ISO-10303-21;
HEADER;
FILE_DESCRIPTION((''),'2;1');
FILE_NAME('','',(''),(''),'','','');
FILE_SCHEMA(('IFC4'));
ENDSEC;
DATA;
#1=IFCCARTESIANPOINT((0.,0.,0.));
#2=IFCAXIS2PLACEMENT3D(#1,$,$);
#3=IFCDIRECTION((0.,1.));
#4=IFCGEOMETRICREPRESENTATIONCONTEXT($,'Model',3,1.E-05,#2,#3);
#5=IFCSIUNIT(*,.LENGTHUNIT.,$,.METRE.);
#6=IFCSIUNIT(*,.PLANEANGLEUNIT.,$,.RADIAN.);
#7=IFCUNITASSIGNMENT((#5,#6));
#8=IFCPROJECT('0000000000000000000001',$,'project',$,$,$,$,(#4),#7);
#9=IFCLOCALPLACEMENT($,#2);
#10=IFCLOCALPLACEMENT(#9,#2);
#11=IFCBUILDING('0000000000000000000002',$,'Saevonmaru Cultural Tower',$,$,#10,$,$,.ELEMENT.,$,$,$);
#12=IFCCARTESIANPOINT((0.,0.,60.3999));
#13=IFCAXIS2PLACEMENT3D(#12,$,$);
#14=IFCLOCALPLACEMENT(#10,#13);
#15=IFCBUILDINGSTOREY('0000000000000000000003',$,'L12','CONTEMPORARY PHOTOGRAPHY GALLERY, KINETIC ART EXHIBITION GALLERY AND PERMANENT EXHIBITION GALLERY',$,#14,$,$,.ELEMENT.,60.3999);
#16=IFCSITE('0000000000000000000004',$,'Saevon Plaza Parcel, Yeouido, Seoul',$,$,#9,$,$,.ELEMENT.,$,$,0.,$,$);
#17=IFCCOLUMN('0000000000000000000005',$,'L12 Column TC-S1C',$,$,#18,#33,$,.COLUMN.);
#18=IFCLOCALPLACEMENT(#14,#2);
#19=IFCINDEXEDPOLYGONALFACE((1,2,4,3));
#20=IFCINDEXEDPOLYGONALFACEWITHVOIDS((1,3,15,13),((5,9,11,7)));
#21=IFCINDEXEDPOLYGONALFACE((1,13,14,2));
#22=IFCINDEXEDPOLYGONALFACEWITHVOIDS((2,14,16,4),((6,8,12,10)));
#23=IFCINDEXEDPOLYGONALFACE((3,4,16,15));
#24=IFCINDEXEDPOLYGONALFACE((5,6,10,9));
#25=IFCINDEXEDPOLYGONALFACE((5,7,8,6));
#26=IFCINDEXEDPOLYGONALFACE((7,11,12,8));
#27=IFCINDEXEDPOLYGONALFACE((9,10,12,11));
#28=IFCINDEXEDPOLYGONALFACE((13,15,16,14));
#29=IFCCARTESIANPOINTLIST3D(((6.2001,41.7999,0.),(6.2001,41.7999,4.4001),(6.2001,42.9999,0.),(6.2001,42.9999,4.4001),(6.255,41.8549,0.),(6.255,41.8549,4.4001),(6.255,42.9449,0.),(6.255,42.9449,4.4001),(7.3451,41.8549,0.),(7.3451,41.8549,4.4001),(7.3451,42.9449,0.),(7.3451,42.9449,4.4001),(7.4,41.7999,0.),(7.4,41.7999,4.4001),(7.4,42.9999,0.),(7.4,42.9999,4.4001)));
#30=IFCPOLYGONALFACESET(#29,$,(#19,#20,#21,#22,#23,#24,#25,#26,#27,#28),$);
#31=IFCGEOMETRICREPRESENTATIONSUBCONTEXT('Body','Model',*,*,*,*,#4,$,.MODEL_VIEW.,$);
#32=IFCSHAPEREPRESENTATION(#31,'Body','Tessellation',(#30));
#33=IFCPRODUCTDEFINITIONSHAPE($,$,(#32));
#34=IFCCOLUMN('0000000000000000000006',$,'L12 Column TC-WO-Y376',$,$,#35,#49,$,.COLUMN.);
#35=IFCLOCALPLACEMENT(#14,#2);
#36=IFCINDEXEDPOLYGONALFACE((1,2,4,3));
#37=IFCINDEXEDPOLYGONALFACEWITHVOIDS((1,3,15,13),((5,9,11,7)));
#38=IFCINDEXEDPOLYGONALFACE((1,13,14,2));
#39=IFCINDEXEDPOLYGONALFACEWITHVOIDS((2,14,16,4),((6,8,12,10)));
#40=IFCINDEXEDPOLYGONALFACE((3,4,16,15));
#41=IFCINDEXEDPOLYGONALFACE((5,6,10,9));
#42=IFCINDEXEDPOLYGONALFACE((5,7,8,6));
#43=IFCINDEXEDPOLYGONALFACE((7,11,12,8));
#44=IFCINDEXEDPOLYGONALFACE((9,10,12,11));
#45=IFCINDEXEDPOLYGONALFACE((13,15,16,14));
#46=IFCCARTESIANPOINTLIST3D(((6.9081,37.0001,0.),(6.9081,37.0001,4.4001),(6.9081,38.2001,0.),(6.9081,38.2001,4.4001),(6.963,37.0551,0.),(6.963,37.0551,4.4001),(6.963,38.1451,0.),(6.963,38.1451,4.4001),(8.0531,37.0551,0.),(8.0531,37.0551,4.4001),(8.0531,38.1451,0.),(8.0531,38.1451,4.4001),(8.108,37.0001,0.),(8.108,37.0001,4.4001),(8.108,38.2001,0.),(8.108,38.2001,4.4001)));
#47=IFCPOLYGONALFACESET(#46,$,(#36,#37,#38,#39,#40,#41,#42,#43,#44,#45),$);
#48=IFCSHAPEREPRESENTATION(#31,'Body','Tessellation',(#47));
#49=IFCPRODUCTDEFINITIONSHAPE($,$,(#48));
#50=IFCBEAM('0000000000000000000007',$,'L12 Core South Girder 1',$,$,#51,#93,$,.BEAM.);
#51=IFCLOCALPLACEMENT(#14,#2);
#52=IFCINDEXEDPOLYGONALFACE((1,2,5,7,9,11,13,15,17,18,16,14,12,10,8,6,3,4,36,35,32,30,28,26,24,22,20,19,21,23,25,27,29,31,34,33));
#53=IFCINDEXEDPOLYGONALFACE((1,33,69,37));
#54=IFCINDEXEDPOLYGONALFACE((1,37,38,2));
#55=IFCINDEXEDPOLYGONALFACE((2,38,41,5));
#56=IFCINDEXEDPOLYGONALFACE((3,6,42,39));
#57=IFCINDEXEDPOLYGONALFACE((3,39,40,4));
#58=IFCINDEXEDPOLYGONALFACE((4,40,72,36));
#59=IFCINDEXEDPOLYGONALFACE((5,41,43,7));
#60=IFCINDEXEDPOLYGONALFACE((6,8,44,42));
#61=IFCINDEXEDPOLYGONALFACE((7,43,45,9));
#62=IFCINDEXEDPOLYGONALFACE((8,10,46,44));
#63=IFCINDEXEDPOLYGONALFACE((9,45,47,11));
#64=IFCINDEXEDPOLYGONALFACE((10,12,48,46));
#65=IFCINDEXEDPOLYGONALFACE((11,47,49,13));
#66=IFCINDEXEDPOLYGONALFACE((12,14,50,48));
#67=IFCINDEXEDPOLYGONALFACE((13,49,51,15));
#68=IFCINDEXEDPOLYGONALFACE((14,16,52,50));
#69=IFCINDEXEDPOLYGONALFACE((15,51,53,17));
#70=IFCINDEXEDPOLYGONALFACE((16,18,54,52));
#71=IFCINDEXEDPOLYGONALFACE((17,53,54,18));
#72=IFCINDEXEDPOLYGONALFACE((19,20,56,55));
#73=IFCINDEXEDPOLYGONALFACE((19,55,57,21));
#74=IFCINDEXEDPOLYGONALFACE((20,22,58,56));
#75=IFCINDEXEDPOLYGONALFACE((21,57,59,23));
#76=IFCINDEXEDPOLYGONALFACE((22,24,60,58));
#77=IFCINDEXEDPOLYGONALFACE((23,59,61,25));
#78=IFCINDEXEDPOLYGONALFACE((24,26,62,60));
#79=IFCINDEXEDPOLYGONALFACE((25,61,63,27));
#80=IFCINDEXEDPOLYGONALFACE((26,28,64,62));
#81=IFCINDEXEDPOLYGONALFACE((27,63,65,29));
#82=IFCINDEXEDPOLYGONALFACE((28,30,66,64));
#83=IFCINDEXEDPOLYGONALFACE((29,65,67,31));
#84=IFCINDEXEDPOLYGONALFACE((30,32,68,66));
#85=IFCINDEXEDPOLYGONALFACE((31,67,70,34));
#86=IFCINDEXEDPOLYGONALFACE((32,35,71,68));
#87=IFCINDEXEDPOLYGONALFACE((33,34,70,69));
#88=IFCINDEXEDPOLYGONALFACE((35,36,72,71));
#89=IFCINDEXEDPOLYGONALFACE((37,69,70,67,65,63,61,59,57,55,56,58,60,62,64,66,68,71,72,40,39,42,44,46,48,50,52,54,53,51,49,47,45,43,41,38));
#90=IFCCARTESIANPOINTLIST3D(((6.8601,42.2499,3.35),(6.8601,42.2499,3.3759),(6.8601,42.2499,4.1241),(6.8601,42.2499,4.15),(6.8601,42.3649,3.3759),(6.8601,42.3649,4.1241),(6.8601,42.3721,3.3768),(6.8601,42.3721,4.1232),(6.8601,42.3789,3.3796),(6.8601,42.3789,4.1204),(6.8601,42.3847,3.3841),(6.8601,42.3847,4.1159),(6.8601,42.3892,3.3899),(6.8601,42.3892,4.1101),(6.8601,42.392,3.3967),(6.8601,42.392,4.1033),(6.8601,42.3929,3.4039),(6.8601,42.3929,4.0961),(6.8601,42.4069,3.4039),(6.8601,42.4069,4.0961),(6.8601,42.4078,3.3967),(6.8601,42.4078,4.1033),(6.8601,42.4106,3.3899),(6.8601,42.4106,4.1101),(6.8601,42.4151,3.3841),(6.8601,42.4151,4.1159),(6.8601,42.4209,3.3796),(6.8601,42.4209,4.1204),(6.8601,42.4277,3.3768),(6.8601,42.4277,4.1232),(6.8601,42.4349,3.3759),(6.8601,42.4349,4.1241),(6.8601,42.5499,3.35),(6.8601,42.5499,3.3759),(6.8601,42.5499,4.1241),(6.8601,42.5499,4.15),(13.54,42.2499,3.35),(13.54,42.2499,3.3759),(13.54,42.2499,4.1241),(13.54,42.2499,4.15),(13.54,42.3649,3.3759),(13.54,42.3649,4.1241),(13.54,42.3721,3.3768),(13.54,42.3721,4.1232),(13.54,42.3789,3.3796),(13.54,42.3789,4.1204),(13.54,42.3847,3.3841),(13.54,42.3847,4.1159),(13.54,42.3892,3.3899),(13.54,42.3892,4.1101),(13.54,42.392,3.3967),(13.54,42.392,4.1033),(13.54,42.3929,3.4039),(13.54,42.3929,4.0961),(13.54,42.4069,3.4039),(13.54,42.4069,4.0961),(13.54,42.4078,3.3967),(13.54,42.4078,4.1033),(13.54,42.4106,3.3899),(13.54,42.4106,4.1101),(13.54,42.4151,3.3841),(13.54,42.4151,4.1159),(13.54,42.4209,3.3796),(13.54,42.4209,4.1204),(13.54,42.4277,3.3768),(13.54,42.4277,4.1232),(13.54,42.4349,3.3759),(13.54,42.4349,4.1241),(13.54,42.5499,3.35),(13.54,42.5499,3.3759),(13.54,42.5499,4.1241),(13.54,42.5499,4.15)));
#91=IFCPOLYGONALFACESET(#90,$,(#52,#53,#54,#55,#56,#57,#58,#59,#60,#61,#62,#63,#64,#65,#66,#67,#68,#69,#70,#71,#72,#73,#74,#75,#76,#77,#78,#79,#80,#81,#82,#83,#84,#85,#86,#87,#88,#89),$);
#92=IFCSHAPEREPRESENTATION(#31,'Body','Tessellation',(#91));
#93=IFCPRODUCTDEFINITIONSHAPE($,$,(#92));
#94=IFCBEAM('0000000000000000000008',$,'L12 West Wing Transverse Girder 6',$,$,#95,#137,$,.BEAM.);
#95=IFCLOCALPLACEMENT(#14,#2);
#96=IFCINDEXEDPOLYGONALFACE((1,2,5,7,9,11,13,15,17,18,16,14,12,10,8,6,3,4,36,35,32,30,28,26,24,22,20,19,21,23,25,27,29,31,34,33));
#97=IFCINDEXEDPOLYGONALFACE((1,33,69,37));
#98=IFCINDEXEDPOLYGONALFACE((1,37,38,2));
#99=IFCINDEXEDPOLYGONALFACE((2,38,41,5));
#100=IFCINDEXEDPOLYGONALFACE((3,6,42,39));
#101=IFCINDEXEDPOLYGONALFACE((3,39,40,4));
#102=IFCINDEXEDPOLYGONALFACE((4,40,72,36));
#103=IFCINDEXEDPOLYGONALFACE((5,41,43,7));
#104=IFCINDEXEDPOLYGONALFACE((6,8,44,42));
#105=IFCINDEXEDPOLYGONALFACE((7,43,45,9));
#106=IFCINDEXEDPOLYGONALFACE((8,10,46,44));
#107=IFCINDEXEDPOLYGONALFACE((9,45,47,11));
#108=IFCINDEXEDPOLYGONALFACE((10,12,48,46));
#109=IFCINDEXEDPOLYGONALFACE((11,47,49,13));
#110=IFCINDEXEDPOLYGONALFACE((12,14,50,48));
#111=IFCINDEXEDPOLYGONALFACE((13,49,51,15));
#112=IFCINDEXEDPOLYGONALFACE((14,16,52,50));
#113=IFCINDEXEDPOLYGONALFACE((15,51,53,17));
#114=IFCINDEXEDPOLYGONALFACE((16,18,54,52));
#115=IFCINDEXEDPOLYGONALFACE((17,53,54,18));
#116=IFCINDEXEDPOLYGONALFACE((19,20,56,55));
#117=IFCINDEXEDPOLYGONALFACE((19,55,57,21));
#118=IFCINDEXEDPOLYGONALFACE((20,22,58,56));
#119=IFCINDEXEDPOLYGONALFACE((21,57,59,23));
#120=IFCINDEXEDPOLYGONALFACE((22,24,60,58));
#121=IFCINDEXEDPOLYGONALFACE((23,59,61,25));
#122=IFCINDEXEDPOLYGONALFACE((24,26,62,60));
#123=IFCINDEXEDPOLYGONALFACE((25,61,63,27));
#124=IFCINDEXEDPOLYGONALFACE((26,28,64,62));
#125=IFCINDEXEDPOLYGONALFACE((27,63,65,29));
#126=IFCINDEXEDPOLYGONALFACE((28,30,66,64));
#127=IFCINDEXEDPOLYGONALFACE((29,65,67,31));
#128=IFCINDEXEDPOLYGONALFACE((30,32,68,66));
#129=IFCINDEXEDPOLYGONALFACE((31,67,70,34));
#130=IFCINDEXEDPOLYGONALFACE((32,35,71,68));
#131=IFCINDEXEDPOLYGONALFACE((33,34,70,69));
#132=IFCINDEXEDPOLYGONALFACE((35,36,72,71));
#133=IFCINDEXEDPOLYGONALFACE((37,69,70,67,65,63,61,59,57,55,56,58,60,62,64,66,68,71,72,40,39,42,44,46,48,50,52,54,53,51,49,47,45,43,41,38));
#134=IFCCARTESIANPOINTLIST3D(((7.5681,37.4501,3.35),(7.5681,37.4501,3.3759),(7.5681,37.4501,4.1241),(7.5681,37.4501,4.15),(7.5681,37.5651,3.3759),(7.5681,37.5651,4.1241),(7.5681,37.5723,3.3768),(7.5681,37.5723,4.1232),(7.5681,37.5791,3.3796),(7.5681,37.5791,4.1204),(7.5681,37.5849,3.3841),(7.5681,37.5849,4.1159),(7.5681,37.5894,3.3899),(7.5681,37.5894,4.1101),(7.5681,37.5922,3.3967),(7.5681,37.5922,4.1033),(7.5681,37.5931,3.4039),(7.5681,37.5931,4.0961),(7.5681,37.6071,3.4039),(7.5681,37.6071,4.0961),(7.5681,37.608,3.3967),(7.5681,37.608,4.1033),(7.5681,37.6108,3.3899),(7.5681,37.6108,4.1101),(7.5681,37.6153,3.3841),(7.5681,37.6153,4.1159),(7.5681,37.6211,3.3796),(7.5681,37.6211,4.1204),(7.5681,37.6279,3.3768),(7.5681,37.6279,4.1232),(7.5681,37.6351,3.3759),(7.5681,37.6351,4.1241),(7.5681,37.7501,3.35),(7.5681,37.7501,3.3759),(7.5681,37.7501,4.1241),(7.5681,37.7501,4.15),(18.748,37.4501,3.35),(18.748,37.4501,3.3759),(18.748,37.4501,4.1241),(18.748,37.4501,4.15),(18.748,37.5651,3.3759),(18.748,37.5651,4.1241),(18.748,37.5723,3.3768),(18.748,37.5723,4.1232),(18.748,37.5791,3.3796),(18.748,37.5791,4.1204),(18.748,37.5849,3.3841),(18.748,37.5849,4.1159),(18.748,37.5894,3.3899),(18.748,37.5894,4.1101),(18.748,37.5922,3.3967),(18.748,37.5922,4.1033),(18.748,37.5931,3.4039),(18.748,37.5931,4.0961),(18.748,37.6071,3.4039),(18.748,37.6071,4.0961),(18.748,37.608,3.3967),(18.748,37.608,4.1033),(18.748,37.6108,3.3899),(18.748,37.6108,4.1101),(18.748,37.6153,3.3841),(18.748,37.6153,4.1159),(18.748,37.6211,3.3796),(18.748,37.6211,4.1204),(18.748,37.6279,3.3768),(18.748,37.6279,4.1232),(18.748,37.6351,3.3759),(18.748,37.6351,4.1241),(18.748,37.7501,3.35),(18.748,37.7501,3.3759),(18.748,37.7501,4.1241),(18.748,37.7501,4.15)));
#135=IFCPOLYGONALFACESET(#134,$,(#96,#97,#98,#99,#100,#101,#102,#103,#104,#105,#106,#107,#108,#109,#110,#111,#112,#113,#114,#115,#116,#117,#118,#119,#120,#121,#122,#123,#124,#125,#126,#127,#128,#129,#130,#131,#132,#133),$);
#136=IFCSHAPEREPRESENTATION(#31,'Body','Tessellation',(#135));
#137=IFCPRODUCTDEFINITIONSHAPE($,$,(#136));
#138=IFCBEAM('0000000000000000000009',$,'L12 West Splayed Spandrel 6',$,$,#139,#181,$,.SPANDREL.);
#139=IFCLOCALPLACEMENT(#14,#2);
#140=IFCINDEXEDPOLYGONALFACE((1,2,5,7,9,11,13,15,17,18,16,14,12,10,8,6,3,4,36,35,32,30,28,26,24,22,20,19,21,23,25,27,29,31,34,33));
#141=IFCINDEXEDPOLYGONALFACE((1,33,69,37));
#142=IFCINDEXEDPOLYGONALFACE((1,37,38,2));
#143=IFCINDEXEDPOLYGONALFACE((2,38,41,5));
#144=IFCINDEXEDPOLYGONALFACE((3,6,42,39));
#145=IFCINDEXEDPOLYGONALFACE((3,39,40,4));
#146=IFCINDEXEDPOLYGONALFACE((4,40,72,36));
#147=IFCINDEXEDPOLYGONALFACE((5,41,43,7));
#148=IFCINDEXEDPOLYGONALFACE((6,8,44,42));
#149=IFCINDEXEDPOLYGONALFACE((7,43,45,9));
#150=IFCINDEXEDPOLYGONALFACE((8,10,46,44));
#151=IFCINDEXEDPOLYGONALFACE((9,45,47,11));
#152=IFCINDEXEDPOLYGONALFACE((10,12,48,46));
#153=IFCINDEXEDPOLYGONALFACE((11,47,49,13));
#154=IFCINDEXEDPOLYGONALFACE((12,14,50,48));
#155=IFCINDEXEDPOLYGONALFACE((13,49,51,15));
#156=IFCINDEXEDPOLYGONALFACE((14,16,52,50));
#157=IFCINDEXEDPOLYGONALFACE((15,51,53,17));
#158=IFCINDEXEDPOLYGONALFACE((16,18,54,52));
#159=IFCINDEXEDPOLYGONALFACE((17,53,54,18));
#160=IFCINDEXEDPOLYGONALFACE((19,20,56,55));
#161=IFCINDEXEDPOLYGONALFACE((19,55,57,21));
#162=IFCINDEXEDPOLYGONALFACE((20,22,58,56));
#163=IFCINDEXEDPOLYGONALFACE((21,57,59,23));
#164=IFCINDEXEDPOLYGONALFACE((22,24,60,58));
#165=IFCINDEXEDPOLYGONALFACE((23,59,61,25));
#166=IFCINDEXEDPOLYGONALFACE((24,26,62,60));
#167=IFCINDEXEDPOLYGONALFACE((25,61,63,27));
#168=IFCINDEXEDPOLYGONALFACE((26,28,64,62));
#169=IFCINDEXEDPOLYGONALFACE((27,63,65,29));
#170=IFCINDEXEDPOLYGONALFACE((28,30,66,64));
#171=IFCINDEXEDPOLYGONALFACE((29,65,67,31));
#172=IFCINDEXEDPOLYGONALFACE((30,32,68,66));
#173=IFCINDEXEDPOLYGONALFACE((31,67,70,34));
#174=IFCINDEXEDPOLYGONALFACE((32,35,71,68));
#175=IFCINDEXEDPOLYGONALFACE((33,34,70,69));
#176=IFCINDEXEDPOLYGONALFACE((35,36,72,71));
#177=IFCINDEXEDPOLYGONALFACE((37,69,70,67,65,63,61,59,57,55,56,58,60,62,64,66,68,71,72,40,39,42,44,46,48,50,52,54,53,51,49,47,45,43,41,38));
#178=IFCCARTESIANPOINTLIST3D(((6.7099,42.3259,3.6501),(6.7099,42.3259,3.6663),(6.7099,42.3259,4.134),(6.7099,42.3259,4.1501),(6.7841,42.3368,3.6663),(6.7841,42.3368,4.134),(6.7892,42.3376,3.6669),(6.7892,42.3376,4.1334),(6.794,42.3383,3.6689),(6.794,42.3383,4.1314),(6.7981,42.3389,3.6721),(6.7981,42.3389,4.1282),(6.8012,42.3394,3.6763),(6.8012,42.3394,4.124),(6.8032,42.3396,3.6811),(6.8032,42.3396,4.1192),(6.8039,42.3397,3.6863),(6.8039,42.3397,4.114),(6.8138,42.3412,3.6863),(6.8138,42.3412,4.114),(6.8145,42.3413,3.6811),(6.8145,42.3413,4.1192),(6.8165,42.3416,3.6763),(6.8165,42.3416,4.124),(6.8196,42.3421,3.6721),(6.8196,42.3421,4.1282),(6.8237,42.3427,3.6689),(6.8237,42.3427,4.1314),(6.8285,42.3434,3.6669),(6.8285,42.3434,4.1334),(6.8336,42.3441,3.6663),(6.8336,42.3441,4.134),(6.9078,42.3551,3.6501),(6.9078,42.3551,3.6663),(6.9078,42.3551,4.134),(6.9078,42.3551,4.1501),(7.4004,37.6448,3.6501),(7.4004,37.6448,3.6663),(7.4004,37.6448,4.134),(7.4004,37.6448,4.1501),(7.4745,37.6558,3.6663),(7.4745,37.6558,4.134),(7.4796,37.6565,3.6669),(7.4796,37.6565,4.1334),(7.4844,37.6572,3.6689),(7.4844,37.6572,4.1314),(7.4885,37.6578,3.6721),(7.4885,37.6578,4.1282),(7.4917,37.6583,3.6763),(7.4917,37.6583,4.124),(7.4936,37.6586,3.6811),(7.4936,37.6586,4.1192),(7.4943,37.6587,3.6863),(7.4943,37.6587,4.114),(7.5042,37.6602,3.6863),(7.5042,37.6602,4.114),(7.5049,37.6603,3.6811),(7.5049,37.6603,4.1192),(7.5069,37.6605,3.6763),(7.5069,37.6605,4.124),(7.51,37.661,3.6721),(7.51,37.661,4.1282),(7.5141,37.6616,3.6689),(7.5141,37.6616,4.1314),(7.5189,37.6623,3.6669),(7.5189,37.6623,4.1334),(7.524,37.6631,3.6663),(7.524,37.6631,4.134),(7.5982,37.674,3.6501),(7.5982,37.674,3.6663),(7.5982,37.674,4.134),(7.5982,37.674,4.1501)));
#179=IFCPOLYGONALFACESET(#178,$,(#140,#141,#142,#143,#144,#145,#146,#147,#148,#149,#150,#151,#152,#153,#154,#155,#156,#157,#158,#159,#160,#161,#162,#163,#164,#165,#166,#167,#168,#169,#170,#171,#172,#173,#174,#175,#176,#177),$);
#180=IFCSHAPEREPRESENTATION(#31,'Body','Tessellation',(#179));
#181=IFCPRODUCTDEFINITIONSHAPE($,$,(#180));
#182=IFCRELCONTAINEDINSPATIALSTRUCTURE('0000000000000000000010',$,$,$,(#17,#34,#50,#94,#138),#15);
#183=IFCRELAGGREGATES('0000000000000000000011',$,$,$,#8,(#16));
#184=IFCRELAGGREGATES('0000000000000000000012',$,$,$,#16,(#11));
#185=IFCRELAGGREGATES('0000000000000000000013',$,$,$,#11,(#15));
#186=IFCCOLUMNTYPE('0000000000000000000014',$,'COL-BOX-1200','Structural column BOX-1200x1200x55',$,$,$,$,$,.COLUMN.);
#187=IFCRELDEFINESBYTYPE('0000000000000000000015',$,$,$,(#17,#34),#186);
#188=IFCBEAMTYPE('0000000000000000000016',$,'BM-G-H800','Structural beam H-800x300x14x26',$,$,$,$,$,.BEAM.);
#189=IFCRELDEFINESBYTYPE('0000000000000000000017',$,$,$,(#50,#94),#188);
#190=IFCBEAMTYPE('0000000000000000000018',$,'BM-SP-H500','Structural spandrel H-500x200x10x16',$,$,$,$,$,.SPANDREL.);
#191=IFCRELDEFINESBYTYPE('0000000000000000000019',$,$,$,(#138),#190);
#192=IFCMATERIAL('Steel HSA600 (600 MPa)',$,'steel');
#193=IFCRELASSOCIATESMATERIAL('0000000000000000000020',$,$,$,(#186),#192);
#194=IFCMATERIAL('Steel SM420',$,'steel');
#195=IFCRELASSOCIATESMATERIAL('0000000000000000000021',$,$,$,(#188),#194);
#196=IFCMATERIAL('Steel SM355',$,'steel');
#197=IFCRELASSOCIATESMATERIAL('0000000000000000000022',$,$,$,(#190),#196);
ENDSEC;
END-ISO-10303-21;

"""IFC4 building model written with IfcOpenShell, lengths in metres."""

from ifc_helpers import new_model, si_unit, direction, frame, origin, origin_2d, place, context, subcontext, project, spatial, hollow_rectangle, i_section, extrude, material, material_profile, profile_set, type_object, element, save


model = new_model("IFC4")

# Units and contexts
model_context = context("Model", 3, precision=1e-05, world=origin(), true_north=direction((0.0, 1.0)))
body_context = subcontext(model_context, "Body", "Model", "MODEL_VIEW")
ifc_project = project(units=[si_unit("LENGTHUNIT", "METRE"), si_unit("PLANEANGLEUNIT", "RADIAN")], contexts=[model_context])

# Site, building, storey
site_placement = place(None, origin())
site = spatial("IfcSite", under=ifc_project, at=site_placement, Name="Saevon Plaza Parcel, Yeouido, Seoul", CompositionType="ELEMENT", RefElevation=0.0)
building_placement = place(site_placement, origin())
building = spatial("IfcBuilding", under=site, at=building_placement, Name="Saevonmaru Cultural Tower", CompositionType="ELEMENT")
storey_placement = place(building_placement, frame((0.0, 0.0, 60.3999)))
storey = spatial("IfcBuildingStorey", under=building, at=storey_placement, Name="L12", Description="CONTEMPORARY PHOTOGRAPHY GALLERY, KINETIC ART EXHIBITION GALLERY AND PERMANENT EXHIBITION GALLERY", CompositionType="ELEMENT", Elevation=60.3999)

# Columns
ifc_material_1 = material(Name="Steel HSA600 (600 MPa)", Category="steel")
ifc_material_profile_1 = material_profile(ifc_material_1, hollow_rectangle(XDim=1.2, YDim=1.2, WallThickness=0.0549, at=origin_2d()), Name="BOX-1200x1200x55")
ifc_profile_set_1 = profile_set([ifc_material_profile_1], Name="Steel HSA600 (600 MPa)")
column_type = type_object("IfcColumnType", Name="COL-BOX-1200", Description="Structural column BOX-1200x1200x55", PredefinedType="COLUMN", material=ifc_profile_set_1)
for number, where, z_axis, x_axis, name in (
    (1, (6.8, 42.3999, 0.0), (0.0, 0.0, 1.0), (1.0, 0.0, 0.0), "L12 Column TC-S1C"),
    (2, (7.5081, 37.6001, 0.0), (0.0, 0.0, 1.0), (1.0, 0.0, 0.0), "L12 Column TC-WO-Y376"),
):
    element("IfcColumn", number, at=place(storey_placement, frame(where, z_axis=z_axis, x_axis=x_axis)), inside=storey, type_object=column_type, Name=name, PredefinedType="COLUMN", context=body_context, shape_type="SweptSolid", body=[
        extrude(hollow_rectangle(XDim=1.2, YDim=1.2, WallThickness=0.0549, at=origin_2d()), origin(), (0.0, 0.0, 1.0), 4.4001),
    ])

# Beams
ifc_material_2 = material(Name="Steel SM420", Category="steel")
ifc_material_profile_2 = material_profile(ifc_material_2, i_section(OverallWidth=0.3, OverallDepth=0.8, WebThickness=0.0139, FlangeThickness=0.0259, FilletRadius=0.0281, at=origin_2d()), Name="H-800x300x14x26")
ifc_profile_set_2 = profile_set([ifc_material_profile_2], Name="Steel SM420")
beam_type_1 = type_object("IfcBeamType", Name="BM-G-H800", Description="Structural beam H-800x300x14x26", PredefinedType="BEAM", material=ifc_profile_set_2)
beam_1_placement = place(storey_placement, frame((6.8601, 42.3999, 3.75), z_axis=(1.0, 0.0, 0.0), x_axis=(0.0, 1.0, 0.0)))
element("IfcBeam", 3, at=beam_1_placement, inside=storey, type_object=beam_type_1, Name="L12 Core South Girder 1", PredefinedType="BEAM", context=body_context, shape_type="SweptSolid", body=[
    extrude(i_section(OverallWidth=0.3, OverallDepth=0.8, WebThickness=0.0139, FlangeThickness=0.0259, FilletRadius=0.0281, at=origin_2d()), origin(), (0.0, 0.0, 1.0), 6.6799),
])
beam_2_placement = place(storey_placement, frame((7.5681, 37.6001, 3.75), z_axis=(1.0, 0.0, 0.0), x_axis=(0.0, 1.0, 0.0)))
element("IfcBeam", 4, at=beam_2_placement, inside=storey, type_object=beam_type_1, Name="L12 West Wing Transverse Girder 6", PredefinedType="BEAM", context=body_context, shape_type="SweptSolid", body=[
    extrude(i_section(OverallWidth=0.3, OverallDepth=0.8, WebThickness=0.0139, FlangeThickness=0.0259, FilletRadius=0.0281, at=origin_2d()), origin(), (0.0, 0.0, 1.0), 11.1799),
])
ifc_material_3 = material(Name="Steel SM355", Category="steel")
ifc_material_profile_3 = material_profile(ifc_material_3, i_section(OverallWidth=0.2, OverallDepth=0.5, WebThickness=0.01, FlangeThickness=0.0161, FilletRadius=0.02, at=origin_2d()), Name="H-500x200x10x16")
ifc_profile_set_3 = profile_set([ifc_material_profile_3], Name="Steel SM355")
beam_type_2 = type_object("IfcBeamType", Name="BM-SP-H500", Description="Structural spandrel H-500x200x10x16", PredefinedType="SPANDREL", material=ifc_profile_set_3)
beam_3_placement = place(storey_placement, frame((7.4993, 37.6594, 3.9001), z_axis=(-0.145913, 0.989297, 0.0), x_axis=(-0.989297, -0.145913, 0.0)))
element("IfcBeam", 5, at=beam_3_placement, inside=storey, type_object=beam_type_2, Name="L12 West Splayed Spandrel 6", PredefinedType="SPANDREL", context=body_context, shape_type="SweptSolid", body=[
    extrude(i_section(OverallWidth=0.2, OverallDepth=0.5, WebThickness=0.01, FlangeThickness=0.0161, FilletRadius=0.02, at=origin_2d()), origin(), (0.0, 0.0, 1.0), 4.7317),
])

save(model, "model.ifc")
